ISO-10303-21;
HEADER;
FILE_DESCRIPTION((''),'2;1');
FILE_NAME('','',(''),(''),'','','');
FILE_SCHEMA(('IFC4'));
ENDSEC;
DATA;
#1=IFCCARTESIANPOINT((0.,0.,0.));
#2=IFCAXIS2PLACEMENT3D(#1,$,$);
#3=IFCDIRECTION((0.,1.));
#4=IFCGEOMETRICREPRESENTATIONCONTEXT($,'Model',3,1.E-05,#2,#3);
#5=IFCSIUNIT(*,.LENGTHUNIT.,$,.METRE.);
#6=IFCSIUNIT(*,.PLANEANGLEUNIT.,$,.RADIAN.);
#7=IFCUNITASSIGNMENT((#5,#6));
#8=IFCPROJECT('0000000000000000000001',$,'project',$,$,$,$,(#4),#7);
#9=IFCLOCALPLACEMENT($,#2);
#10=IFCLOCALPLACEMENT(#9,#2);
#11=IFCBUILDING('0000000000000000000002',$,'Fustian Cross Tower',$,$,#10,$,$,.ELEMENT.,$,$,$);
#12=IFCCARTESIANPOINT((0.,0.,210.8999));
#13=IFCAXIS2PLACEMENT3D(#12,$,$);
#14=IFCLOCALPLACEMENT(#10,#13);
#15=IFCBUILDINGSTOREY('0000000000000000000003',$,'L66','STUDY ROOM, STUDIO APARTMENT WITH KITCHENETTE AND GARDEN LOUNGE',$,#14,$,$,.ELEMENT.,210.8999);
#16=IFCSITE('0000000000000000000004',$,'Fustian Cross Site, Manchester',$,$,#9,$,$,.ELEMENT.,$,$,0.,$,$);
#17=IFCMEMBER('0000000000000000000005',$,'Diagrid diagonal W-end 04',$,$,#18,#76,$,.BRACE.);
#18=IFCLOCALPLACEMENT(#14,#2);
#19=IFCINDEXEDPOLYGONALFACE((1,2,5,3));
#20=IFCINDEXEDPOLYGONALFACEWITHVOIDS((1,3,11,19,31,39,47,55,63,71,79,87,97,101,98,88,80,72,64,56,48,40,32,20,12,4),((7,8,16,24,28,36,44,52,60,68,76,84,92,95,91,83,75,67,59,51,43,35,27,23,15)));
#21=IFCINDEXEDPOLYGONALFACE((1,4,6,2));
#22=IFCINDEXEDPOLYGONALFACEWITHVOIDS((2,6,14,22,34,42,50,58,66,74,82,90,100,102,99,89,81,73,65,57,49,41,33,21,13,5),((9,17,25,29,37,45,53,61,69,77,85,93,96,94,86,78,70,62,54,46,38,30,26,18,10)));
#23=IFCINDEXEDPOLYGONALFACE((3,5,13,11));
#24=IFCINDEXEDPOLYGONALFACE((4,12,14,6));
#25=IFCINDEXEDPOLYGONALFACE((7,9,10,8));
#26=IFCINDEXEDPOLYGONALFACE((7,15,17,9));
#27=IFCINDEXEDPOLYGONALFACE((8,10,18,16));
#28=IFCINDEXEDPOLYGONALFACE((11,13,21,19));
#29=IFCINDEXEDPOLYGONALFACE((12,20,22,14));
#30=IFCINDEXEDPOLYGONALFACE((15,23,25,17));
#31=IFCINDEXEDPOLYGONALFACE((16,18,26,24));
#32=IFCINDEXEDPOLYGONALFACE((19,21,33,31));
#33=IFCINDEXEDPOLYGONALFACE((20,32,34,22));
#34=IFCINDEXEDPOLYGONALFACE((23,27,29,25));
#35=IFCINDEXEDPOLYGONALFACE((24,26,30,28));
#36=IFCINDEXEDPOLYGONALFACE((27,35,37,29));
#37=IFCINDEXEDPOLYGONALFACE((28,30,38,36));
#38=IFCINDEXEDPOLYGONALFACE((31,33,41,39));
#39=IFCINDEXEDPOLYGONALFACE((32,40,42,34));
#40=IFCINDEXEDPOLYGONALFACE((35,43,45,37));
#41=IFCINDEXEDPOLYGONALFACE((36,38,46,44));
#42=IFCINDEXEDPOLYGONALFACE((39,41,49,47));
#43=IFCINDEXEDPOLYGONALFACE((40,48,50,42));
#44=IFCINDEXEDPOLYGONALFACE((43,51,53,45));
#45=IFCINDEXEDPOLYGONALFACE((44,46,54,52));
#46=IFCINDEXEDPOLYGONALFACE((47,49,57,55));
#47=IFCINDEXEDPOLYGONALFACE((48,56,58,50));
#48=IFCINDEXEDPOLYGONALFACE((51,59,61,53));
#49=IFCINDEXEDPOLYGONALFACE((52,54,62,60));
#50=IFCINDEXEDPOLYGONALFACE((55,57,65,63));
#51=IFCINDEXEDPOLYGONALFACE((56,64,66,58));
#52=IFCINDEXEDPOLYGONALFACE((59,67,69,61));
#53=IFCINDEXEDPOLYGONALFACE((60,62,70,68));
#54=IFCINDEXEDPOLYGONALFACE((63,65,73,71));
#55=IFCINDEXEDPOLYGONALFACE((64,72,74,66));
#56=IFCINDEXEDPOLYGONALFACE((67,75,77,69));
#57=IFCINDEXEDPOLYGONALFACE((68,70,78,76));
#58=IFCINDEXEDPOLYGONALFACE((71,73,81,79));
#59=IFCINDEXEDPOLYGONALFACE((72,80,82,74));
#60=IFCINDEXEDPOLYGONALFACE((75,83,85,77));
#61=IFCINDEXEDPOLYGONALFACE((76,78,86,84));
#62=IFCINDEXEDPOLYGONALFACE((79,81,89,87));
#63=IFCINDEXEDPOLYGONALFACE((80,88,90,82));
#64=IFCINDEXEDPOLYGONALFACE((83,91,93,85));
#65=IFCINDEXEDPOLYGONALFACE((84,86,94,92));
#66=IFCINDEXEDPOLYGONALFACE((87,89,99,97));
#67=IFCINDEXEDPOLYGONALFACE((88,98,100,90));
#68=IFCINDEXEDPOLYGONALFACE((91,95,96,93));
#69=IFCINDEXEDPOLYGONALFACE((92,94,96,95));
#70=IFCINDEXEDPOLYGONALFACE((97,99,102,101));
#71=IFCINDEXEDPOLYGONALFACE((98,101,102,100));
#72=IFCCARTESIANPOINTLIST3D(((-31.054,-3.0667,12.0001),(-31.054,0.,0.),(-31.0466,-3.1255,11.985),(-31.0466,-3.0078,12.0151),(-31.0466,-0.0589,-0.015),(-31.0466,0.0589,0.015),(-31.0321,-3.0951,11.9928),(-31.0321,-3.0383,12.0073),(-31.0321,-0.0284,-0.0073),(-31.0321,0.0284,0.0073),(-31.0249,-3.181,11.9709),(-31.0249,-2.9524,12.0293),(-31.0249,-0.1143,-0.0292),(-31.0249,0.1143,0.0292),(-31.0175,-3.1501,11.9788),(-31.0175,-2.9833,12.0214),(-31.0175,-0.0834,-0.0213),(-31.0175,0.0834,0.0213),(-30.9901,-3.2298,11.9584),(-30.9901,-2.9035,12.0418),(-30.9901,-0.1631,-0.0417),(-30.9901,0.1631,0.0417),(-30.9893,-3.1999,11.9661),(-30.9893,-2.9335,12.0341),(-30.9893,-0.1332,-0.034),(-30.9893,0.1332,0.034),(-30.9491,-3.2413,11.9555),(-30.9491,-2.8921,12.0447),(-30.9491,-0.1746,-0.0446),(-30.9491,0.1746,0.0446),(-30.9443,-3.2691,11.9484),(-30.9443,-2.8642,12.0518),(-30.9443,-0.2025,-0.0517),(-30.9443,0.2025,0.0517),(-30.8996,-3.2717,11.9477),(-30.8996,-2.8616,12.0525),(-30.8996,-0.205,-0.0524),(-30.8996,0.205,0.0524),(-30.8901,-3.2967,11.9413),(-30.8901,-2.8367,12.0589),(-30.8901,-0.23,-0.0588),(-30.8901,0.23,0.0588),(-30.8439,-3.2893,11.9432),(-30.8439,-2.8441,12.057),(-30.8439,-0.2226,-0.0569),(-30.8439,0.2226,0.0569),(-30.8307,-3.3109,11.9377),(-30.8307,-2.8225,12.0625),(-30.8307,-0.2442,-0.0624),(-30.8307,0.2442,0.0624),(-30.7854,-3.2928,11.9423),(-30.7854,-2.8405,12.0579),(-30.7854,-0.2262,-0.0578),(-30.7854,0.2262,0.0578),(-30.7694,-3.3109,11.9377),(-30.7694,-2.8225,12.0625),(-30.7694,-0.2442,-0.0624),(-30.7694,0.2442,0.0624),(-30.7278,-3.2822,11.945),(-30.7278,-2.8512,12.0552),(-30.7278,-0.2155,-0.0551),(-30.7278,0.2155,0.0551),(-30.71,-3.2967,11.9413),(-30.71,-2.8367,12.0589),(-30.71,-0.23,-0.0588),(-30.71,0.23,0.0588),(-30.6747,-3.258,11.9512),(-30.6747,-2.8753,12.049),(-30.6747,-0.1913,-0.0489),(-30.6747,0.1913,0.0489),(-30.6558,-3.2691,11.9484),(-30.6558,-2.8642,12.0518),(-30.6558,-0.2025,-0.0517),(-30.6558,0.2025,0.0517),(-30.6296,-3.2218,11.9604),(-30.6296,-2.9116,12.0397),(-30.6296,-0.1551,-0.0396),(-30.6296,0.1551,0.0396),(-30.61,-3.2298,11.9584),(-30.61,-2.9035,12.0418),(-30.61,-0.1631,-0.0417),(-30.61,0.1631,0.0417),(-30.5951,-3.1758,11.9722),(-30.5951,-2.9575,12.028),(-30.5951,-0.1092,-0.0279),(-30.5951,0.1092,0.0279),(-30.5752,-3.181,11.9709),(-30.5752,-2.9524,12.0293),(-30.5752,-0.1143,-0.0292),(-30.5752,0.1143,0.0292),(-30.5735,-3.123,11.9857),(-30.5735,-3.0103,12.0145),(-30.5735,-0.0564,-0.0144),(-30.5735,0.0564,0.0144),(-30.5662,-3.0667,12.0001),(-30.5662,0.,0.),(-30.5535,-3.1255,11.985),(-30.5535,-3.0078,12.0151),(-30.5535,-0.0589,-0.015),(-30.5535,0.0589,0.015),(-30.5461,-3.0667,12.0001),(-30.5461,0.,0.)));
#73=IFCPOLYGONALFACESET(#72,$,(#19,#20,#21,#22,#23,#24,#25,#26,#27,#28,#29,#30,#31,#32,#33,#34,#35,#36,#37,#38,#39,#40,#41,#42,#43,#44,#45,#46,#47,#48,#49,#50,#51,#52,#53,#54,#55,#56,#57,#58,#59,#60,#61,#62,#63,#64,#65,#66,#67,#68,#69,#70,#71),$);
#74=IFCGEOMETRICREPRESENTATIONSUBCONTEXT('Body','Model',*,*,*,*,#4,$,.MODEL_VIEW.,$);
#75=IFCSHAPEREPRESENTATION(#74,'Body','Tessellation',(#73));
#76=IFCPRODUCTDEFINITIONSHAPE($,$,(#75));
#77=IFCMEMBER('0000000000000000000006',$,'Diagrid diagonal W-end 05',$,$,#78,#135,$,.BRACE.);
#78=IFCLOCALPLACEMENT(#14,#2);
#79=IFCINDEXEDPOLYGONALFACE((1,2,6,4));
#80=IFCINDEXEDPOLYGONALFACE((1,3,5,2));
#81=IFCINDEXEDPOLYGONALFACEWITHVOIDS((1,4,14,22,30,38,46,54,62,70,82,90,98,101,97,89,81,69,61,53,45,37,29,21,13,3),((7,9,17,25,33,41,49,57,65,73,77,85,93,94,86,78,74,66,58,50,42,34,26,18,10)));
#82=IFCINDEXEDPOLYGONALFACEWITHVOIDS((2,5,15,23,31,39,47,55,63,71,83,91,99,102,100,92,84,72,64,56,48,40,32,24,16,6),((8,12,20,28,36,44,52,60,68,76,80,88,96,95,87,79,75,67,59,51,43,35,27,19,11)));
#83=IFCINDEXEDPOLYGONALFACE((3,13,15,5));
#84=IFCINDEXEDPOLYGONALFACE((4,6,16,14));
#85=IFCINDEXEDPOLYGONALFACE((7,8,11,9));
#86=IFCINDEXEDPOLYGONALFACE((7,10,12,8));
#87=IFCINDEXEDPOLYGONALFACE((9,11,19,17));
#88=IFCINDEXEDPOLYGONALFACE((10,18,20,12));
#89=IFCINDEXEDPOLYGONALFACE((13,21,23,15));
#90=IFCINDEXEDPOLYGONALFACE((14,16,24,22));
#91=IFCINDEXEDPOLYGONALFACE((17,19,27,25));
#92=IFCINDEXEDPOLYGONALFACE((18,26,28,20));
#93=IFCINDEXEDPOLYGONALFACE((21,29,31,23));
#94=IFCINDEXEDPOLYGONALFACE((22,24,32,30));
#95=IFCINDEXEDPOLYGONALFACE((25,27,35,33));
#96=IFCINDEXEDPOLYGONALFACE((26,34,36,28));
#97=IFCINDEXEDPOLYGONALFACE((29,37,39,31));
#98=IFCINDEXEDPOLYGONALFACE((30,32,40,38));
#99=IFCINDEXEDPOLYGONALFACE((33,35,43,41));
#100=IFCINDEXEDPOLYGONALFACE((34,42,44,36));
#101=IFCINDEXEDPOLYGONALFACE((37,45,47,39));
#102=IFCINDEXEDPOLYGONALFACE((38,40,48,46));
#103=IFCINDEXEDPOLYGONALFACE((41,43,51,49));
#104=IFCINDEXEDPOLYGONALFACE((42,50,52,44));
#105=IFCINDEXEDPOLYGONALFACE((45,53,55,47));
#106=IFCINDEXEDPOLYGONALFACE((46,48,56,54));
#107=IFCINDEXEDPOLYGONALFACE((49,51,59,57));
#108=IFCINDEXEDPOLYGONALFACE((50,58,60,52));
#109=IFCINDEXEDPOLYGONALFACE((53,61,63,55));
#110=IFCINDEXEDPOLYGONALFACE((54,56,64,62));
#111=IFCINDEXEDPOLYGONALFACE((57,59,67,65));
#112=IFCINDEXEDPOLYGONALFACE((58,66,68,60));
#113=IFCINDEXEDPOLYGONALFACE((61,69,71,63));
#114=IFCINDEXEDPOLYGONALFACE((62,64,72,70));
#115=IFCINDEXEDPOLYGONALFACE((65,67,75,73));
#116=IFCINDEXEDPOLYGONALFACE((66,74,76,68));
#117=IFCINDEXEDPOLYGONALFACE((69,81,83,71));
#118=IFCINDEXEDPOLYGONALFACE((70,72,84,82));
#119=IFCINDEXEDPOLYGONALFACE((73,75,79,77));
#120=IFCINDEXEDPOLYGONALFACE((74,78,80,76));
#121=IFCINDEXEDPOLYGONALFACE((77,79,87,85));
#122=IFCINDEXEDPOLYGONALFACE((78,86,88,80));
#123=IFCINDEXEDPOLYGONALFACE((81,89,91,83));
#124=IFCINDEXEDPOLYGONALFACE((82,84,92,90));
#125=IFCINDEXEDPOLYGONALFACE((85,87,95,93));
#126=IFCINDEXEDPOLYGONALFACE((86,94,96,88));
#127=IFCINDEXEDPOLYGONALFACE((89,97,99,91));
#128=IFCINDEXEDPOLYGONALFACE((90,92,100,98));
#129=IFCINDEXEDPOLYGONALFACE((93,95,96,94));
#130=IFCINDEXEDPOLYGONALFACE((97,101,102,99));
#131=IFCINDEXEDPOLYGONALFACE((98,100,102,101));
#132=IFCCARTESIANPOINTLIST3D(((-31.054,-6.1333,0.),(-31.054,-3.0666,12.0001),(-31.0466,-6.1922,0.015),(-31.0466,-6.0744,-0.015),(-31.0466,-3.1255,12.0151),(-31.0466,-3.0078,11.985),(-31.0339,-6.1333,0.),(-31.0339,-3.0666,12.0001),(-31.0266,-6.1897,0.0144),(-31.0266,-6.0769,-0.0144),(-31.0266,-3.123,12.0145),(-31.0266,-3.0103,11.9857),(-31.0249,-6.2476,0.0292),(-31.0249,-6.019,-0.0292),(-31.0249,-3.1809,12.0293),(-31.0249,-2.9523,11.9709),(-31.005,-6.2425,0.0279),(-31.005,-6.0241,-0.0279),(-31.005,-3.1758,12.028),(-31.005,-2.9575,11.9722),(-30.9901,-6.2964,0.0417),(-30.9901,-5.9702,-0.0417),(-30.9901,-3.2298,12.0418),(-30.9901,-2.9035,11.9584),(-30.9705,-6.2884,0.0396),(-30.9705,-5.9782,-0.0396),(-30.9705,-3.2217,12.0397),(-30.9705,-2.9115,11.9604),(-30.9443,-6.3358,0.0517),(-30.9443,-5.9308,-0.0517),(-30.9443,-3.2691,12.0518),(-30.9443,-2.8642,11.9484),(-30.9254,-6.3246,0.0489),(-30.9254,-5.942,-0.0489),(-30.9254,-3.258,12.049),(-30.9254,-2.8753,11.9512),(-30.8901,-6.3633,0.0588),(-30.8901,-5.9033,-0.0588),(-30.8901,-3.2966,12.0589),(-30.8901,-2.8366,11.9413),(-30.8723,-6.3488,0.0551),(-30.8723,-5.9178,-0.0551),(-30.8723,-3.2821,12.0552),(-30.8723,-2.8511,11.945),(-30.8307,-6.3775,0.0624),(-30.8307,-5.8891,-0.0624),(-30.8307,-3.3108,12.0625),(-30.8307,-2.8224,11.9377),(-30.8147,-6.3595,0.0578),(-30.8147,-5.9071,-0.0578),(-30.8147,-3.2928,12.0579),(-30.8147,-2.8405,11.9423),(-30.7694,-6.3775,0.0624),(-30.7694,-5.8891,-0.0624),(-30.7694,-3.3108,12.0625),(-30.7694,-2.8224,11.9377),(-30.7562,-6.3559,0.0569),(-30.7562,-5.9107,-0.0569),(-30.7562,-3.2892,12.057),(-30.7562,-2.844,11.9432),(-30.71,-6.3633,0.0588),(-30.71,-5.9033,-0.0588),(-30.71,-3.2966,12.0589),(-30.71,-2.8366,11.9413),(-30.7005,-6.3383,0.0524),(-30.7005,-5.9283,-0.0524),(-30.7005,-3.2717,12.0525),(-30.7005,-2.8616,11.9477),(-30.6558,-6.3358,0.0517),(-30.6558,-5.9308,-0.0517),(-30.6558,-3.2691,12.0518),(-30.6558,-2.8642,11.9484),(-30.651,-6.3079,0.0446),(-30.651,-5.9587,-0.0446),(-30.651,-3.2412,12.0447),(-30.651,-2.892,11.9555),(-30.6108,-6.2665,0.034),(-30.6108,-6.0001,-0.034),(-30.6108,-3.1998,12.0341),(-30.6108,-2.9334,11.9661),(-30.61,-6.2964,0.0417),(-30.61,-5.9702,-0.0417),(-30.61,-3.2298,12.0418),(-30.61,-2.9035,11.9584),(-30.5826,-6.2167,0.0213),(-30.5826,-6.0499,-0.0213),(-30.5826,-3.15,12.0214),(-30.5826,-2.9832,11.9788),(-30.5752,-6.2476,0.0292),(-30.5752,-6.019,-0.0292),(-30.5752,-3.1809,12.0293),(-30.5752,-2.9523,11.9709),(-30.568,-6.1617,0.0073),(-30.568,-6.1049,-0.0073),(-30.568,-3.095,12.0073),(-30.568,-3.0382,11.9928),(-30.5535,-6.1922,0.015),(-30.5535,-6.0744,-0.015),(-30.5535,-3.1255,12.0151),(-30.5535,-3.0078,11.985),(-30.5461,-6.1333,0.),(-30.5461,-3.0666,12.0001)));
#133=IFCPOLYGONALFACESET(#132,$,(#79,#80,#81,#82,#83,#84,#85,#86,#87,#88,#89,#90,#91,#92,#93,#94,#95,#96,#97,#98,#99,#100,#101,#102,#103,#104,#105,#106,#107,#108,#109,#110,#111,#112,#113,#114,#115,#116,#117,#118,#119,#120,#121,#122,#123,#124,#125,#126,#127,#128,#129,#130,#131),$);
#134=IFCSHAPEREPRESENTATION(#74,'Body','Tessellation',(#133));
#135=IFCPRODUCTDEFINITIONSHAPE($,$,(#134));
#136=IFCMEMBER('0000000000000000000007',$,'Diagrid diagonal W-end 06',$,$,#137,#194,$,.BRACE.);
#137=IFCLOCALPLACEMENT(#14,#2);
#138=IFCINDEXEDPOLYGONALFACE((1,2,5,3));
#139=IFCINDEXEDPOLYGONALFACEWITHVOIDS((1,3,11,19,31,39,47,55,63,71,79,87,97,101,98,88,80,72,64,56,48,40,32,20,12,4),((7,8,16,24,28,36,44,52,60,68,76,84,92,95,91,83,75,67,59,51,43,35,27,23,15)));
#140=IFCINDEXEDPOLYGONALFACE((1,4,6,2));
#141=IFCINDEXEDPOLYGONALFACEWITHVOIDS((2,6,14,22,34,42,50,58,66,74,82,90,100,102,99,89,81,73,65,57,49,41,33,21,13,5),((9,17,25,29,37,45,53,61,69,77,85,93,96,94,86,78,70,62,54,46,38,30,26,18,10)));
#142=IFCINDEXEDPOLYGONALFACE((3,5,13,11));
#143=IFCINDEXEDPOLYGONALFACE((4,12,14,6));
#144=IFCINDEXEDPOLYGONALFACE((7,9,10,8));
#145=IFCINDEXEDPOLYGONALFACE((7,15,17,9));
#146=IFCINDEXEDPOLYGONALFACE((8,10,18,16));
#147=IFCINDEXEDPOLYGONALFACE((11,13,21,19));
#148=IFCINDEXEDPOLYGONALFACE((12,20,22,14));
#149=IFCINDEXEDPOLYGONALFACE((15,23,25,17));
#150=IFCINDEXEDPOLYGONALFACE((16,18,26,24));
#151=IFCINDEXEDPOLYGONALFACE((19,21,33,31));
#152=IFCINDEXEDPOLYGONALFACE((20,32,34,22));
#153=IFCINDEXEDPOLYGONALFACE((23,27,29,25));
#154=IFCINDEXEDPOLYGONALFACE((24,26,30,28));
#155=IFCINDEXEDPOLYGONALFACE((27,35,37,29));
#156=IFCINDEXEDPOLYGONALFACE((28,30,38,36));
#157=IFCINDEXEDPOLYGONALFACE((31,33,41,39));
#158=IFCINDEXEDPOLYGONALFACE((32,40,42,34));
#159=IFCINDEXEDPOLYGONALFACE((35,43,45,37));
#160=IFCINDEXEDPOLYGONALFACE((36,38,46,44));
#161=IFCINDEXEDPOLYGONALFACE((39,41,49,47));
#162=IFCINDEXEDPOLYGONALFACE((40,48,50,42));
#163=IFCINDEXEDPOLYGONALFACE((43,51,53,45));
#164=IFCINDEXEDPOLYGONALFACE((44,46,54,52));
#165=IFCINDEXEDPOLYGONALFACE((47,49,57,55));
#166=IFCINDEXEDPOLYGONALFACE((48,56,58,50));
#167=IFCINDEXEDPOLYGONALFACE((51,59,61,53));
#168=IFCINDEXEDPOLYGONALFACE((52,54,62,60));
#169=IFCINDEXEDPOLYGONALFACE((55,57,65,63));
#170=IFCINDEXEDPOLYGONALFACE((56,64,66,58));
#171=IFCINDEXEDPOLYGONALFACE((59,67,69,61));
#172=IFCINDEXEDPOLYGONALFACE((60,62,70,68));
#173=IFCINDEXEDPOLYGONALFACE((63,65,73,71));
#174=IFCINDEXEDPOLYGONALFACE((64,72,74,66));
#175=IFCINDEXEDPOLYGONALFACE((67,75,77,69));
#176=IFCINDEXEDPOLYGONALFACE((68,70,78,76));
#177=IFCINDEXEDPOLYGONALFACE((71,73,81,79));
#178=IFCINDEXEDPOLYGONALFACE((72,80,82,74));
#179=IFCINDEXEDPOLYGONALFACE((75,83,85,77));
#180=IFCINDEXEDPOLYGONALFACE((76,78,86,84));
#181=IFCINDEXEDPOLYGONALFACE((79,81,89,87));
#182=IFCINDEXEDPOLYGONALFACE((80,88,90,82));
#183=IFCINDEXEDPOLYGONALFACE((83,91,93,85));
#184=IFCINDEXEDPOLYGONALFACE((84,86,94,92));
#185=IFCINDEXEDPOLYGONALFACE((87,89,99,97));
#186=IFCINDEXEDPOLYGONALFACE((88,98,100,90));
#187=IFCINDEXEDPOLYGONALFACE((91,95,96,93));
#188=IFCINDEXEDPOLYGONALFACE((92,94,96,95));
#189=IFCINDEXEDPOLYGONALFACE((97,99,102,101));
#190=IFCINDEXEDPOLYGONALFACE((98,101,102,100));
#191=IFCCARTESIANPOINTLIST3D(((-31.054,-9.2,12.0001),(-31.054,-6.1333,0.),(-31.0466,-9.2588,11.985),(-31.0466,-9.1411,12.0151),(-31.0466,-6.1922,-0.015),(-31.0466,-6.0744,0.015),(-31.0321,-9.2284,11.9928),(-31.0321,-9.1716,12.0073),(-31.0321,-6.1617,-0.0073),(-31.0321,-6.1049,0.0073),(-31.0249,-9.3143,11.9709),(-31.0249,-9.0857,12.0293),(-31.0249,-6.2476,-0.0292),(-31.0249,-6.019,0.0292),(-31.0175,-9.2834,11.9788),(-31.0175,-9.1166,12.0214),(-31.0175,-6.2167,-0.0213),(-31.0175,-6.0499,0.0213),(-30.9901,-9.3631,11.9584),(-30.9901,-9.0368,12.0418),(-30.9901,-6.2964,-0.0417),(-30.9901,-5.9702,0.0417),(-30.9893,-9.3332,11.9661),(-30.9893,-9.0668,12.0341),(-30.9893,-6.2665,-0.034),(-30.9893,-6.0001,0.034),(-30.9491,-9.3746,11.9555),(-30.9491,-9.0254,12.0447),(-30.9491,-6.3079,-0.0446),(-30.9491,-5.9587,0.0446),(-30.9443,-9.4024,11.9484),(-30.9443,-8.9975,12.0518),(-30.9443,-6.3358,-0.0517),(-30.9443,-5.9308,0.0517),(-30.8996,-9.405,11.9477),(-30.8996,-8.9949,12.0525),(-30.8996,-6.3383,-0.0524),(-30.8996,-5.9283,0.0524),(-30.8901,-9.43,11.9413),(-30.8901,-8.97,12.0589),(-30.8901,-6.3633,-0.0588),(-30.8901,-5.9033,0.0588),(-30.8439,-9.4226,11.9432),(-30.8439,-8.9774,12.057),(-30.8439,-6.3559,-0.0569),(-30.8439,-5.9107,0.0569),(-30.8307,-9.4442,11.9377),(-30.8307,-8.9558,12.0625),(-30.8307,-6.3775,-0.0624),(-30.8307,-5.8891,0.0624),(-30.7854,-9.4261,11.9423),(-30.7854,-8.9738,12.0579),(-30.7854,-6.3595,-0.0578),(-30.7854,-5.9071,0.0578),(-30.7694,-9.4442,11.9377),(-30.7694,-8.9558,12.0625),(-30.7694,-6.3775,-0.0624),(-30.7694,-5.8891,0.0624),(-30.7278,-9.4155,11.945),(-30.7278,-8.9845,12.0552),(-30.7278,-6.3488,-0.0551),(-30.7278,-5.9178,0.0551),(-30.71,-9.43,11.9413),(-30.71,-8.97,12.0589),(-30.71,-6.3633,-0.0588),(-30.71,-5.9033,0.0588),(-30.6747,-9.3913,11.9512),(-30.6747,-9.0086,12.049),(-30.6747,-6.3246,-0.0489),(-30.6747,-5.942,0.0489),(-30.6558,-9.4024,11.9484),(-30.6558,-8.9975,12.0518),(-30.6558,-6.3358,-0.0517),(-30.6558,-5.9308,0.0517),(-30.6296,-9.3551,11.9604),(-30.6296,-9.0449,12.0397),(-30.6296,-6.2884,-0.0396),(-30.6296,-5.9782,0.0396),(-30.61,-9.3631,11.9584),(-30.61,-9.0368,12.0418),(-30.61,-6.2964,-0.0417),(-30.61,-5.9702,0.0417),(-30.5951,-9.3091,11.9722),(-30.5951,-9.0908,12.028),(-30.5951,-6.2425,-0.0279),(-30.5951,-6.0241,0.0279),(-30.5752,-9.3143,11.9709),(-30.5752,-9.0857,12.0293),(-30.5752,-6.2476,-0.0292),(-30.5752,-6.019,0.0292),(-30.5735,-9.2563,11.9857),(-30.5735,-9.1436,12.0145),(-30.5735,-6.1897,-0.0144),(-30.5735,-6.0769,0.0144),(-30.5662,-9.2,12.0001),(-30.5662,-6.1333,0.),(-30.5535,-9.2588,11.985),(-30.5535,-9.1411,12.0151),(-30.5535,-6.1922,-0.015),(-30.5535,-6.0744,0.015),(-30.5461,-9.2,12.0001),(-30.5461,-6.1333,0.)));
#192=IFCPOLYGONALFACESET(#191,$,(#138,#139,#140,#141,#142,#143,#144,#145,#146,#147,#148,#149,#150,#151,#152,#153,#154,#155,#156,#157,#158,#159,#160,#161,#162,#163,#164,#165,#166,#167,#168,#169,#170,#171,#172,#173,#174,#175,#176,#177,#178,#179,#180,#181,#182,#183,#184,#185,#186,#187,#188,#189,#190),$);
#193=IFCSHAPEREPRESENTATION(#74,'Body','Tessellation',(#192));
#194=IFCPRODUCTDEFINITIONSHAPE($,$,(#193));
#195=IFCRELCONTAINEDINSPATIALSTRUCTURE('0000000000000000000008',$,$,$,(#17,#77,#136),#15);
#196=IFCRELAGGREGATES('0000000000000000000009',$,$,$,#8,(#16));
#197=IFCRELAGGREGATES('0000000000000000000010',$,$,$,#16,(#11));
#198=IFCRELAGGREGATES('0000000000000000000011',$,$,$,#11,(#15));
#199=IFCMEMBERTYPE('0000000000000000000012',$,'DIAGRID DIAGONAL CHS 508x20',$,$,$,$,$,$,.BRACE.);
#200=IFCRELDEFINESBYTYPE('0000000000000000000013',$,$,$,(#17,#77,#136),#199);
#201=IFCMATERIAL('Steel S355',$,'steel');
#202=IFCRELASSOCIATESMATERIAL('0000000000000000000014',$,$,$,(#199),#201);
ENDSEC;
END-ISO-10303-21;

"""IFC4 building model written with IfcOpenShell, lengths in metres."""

from ifc_helpers import new_model, si_unit, direction, frame, origin, origin_2d, place, context, subcontext, project, spatial, hollow_circle, extrude, material, material_profile, profile_set, type_object, element, save


model = new_model("IFC4")

# Units and contexts
model_context = context("Model", 3, precision=1e-05, world=origin(), true_north=direction((0.0, 1.0)))
body_context = subcontext(model_context, "Body", "Model", "MODEL_VIEW")
ifc_project = project(units=[si_unit("LENGTHUNIT", "METRE"), si_unit("PLANEANGLEUNIT", "RADIAN")], contexts=[model_context])

# Site, building, storey
site_placement = place(None, origin())
site = spatial("IfcSite", under=ifc_project, at=site_placement, Name="Fustian Cross Site, Manchester", CompositionType="ELEMENT", RefElevation=0.0)
building_placement = place(site_placement, origin())
building = spatial("IfcBuilding", under=site, at=building_placement, Name="Fustian Cross Tower", CompositionType="ELEMENT")
storey_placement = place(building_placement, frame((0.0, 0.0, 210.8999)))
storey = spatial("IfcBuildingStorey", under=building, at=storey_placement, Name="L66", Description="STUDY ROOM, STUDIO APARTMENT WITH KITCHENETTE AND GARDEN LOUNGE", CompositionType="ELEMENT", Elevation=210.8999)

# Members
ifc_material_1 = material(Name="Steel S355", Category="steel")
ifc_material_profile_1 = material_profile(ifc_material_1, hollow_circle(Radius=0.2539, WallThickness=0.02, at=origin_2d()), Name="CHS 508x20")
ifc_profile_set_1 = profile_set([ifc_material_profile_1], Name="Steel S355")
member_type_1 = type_object("IfcMemberType", Name="DIAGRID DIAGONAL CHS 508x20", PredefinedType="BRACE", material=ifc_profile_set_1)
for number, where, z_axis, x_axis, name in (
    (1, (-30.8, 0.0, 0.0), (0.0, -0.247597, 0.968863), (1.0, 0.0, 0.0), "Diagrid diagonal W-end 04"),
    (2, (-30.8, -6.1333, 0.0), (0.0, 0.247597, 0.968863), (-1.0, 0.0, 0.0), "Diagrid diagonal W-end 05"),
    (3, (-30.8, -6.1333, 0.0), (0.0, -0.247597, 0.968863), (1.0, 0.0, 0.0), "Diagrid diagonal W-end 06"),
):
    element("IfcMember", number, at=place(storey_placement, frame(where, z_axis=z_axis, x_axis=x_axis)), inside=storey, type_object=member_type_1, Name=name, PredefinedType="BRACE", context=body_context, shape_type="SweptSolid", body=[
        extrude(hollow_circle(Radius=0.2539, WallThickness=0.02, at=origin_2d()), origin(), (0.0, 0.0, 1.0), 12.3857),
    ])

save(model, "model.ifc")
